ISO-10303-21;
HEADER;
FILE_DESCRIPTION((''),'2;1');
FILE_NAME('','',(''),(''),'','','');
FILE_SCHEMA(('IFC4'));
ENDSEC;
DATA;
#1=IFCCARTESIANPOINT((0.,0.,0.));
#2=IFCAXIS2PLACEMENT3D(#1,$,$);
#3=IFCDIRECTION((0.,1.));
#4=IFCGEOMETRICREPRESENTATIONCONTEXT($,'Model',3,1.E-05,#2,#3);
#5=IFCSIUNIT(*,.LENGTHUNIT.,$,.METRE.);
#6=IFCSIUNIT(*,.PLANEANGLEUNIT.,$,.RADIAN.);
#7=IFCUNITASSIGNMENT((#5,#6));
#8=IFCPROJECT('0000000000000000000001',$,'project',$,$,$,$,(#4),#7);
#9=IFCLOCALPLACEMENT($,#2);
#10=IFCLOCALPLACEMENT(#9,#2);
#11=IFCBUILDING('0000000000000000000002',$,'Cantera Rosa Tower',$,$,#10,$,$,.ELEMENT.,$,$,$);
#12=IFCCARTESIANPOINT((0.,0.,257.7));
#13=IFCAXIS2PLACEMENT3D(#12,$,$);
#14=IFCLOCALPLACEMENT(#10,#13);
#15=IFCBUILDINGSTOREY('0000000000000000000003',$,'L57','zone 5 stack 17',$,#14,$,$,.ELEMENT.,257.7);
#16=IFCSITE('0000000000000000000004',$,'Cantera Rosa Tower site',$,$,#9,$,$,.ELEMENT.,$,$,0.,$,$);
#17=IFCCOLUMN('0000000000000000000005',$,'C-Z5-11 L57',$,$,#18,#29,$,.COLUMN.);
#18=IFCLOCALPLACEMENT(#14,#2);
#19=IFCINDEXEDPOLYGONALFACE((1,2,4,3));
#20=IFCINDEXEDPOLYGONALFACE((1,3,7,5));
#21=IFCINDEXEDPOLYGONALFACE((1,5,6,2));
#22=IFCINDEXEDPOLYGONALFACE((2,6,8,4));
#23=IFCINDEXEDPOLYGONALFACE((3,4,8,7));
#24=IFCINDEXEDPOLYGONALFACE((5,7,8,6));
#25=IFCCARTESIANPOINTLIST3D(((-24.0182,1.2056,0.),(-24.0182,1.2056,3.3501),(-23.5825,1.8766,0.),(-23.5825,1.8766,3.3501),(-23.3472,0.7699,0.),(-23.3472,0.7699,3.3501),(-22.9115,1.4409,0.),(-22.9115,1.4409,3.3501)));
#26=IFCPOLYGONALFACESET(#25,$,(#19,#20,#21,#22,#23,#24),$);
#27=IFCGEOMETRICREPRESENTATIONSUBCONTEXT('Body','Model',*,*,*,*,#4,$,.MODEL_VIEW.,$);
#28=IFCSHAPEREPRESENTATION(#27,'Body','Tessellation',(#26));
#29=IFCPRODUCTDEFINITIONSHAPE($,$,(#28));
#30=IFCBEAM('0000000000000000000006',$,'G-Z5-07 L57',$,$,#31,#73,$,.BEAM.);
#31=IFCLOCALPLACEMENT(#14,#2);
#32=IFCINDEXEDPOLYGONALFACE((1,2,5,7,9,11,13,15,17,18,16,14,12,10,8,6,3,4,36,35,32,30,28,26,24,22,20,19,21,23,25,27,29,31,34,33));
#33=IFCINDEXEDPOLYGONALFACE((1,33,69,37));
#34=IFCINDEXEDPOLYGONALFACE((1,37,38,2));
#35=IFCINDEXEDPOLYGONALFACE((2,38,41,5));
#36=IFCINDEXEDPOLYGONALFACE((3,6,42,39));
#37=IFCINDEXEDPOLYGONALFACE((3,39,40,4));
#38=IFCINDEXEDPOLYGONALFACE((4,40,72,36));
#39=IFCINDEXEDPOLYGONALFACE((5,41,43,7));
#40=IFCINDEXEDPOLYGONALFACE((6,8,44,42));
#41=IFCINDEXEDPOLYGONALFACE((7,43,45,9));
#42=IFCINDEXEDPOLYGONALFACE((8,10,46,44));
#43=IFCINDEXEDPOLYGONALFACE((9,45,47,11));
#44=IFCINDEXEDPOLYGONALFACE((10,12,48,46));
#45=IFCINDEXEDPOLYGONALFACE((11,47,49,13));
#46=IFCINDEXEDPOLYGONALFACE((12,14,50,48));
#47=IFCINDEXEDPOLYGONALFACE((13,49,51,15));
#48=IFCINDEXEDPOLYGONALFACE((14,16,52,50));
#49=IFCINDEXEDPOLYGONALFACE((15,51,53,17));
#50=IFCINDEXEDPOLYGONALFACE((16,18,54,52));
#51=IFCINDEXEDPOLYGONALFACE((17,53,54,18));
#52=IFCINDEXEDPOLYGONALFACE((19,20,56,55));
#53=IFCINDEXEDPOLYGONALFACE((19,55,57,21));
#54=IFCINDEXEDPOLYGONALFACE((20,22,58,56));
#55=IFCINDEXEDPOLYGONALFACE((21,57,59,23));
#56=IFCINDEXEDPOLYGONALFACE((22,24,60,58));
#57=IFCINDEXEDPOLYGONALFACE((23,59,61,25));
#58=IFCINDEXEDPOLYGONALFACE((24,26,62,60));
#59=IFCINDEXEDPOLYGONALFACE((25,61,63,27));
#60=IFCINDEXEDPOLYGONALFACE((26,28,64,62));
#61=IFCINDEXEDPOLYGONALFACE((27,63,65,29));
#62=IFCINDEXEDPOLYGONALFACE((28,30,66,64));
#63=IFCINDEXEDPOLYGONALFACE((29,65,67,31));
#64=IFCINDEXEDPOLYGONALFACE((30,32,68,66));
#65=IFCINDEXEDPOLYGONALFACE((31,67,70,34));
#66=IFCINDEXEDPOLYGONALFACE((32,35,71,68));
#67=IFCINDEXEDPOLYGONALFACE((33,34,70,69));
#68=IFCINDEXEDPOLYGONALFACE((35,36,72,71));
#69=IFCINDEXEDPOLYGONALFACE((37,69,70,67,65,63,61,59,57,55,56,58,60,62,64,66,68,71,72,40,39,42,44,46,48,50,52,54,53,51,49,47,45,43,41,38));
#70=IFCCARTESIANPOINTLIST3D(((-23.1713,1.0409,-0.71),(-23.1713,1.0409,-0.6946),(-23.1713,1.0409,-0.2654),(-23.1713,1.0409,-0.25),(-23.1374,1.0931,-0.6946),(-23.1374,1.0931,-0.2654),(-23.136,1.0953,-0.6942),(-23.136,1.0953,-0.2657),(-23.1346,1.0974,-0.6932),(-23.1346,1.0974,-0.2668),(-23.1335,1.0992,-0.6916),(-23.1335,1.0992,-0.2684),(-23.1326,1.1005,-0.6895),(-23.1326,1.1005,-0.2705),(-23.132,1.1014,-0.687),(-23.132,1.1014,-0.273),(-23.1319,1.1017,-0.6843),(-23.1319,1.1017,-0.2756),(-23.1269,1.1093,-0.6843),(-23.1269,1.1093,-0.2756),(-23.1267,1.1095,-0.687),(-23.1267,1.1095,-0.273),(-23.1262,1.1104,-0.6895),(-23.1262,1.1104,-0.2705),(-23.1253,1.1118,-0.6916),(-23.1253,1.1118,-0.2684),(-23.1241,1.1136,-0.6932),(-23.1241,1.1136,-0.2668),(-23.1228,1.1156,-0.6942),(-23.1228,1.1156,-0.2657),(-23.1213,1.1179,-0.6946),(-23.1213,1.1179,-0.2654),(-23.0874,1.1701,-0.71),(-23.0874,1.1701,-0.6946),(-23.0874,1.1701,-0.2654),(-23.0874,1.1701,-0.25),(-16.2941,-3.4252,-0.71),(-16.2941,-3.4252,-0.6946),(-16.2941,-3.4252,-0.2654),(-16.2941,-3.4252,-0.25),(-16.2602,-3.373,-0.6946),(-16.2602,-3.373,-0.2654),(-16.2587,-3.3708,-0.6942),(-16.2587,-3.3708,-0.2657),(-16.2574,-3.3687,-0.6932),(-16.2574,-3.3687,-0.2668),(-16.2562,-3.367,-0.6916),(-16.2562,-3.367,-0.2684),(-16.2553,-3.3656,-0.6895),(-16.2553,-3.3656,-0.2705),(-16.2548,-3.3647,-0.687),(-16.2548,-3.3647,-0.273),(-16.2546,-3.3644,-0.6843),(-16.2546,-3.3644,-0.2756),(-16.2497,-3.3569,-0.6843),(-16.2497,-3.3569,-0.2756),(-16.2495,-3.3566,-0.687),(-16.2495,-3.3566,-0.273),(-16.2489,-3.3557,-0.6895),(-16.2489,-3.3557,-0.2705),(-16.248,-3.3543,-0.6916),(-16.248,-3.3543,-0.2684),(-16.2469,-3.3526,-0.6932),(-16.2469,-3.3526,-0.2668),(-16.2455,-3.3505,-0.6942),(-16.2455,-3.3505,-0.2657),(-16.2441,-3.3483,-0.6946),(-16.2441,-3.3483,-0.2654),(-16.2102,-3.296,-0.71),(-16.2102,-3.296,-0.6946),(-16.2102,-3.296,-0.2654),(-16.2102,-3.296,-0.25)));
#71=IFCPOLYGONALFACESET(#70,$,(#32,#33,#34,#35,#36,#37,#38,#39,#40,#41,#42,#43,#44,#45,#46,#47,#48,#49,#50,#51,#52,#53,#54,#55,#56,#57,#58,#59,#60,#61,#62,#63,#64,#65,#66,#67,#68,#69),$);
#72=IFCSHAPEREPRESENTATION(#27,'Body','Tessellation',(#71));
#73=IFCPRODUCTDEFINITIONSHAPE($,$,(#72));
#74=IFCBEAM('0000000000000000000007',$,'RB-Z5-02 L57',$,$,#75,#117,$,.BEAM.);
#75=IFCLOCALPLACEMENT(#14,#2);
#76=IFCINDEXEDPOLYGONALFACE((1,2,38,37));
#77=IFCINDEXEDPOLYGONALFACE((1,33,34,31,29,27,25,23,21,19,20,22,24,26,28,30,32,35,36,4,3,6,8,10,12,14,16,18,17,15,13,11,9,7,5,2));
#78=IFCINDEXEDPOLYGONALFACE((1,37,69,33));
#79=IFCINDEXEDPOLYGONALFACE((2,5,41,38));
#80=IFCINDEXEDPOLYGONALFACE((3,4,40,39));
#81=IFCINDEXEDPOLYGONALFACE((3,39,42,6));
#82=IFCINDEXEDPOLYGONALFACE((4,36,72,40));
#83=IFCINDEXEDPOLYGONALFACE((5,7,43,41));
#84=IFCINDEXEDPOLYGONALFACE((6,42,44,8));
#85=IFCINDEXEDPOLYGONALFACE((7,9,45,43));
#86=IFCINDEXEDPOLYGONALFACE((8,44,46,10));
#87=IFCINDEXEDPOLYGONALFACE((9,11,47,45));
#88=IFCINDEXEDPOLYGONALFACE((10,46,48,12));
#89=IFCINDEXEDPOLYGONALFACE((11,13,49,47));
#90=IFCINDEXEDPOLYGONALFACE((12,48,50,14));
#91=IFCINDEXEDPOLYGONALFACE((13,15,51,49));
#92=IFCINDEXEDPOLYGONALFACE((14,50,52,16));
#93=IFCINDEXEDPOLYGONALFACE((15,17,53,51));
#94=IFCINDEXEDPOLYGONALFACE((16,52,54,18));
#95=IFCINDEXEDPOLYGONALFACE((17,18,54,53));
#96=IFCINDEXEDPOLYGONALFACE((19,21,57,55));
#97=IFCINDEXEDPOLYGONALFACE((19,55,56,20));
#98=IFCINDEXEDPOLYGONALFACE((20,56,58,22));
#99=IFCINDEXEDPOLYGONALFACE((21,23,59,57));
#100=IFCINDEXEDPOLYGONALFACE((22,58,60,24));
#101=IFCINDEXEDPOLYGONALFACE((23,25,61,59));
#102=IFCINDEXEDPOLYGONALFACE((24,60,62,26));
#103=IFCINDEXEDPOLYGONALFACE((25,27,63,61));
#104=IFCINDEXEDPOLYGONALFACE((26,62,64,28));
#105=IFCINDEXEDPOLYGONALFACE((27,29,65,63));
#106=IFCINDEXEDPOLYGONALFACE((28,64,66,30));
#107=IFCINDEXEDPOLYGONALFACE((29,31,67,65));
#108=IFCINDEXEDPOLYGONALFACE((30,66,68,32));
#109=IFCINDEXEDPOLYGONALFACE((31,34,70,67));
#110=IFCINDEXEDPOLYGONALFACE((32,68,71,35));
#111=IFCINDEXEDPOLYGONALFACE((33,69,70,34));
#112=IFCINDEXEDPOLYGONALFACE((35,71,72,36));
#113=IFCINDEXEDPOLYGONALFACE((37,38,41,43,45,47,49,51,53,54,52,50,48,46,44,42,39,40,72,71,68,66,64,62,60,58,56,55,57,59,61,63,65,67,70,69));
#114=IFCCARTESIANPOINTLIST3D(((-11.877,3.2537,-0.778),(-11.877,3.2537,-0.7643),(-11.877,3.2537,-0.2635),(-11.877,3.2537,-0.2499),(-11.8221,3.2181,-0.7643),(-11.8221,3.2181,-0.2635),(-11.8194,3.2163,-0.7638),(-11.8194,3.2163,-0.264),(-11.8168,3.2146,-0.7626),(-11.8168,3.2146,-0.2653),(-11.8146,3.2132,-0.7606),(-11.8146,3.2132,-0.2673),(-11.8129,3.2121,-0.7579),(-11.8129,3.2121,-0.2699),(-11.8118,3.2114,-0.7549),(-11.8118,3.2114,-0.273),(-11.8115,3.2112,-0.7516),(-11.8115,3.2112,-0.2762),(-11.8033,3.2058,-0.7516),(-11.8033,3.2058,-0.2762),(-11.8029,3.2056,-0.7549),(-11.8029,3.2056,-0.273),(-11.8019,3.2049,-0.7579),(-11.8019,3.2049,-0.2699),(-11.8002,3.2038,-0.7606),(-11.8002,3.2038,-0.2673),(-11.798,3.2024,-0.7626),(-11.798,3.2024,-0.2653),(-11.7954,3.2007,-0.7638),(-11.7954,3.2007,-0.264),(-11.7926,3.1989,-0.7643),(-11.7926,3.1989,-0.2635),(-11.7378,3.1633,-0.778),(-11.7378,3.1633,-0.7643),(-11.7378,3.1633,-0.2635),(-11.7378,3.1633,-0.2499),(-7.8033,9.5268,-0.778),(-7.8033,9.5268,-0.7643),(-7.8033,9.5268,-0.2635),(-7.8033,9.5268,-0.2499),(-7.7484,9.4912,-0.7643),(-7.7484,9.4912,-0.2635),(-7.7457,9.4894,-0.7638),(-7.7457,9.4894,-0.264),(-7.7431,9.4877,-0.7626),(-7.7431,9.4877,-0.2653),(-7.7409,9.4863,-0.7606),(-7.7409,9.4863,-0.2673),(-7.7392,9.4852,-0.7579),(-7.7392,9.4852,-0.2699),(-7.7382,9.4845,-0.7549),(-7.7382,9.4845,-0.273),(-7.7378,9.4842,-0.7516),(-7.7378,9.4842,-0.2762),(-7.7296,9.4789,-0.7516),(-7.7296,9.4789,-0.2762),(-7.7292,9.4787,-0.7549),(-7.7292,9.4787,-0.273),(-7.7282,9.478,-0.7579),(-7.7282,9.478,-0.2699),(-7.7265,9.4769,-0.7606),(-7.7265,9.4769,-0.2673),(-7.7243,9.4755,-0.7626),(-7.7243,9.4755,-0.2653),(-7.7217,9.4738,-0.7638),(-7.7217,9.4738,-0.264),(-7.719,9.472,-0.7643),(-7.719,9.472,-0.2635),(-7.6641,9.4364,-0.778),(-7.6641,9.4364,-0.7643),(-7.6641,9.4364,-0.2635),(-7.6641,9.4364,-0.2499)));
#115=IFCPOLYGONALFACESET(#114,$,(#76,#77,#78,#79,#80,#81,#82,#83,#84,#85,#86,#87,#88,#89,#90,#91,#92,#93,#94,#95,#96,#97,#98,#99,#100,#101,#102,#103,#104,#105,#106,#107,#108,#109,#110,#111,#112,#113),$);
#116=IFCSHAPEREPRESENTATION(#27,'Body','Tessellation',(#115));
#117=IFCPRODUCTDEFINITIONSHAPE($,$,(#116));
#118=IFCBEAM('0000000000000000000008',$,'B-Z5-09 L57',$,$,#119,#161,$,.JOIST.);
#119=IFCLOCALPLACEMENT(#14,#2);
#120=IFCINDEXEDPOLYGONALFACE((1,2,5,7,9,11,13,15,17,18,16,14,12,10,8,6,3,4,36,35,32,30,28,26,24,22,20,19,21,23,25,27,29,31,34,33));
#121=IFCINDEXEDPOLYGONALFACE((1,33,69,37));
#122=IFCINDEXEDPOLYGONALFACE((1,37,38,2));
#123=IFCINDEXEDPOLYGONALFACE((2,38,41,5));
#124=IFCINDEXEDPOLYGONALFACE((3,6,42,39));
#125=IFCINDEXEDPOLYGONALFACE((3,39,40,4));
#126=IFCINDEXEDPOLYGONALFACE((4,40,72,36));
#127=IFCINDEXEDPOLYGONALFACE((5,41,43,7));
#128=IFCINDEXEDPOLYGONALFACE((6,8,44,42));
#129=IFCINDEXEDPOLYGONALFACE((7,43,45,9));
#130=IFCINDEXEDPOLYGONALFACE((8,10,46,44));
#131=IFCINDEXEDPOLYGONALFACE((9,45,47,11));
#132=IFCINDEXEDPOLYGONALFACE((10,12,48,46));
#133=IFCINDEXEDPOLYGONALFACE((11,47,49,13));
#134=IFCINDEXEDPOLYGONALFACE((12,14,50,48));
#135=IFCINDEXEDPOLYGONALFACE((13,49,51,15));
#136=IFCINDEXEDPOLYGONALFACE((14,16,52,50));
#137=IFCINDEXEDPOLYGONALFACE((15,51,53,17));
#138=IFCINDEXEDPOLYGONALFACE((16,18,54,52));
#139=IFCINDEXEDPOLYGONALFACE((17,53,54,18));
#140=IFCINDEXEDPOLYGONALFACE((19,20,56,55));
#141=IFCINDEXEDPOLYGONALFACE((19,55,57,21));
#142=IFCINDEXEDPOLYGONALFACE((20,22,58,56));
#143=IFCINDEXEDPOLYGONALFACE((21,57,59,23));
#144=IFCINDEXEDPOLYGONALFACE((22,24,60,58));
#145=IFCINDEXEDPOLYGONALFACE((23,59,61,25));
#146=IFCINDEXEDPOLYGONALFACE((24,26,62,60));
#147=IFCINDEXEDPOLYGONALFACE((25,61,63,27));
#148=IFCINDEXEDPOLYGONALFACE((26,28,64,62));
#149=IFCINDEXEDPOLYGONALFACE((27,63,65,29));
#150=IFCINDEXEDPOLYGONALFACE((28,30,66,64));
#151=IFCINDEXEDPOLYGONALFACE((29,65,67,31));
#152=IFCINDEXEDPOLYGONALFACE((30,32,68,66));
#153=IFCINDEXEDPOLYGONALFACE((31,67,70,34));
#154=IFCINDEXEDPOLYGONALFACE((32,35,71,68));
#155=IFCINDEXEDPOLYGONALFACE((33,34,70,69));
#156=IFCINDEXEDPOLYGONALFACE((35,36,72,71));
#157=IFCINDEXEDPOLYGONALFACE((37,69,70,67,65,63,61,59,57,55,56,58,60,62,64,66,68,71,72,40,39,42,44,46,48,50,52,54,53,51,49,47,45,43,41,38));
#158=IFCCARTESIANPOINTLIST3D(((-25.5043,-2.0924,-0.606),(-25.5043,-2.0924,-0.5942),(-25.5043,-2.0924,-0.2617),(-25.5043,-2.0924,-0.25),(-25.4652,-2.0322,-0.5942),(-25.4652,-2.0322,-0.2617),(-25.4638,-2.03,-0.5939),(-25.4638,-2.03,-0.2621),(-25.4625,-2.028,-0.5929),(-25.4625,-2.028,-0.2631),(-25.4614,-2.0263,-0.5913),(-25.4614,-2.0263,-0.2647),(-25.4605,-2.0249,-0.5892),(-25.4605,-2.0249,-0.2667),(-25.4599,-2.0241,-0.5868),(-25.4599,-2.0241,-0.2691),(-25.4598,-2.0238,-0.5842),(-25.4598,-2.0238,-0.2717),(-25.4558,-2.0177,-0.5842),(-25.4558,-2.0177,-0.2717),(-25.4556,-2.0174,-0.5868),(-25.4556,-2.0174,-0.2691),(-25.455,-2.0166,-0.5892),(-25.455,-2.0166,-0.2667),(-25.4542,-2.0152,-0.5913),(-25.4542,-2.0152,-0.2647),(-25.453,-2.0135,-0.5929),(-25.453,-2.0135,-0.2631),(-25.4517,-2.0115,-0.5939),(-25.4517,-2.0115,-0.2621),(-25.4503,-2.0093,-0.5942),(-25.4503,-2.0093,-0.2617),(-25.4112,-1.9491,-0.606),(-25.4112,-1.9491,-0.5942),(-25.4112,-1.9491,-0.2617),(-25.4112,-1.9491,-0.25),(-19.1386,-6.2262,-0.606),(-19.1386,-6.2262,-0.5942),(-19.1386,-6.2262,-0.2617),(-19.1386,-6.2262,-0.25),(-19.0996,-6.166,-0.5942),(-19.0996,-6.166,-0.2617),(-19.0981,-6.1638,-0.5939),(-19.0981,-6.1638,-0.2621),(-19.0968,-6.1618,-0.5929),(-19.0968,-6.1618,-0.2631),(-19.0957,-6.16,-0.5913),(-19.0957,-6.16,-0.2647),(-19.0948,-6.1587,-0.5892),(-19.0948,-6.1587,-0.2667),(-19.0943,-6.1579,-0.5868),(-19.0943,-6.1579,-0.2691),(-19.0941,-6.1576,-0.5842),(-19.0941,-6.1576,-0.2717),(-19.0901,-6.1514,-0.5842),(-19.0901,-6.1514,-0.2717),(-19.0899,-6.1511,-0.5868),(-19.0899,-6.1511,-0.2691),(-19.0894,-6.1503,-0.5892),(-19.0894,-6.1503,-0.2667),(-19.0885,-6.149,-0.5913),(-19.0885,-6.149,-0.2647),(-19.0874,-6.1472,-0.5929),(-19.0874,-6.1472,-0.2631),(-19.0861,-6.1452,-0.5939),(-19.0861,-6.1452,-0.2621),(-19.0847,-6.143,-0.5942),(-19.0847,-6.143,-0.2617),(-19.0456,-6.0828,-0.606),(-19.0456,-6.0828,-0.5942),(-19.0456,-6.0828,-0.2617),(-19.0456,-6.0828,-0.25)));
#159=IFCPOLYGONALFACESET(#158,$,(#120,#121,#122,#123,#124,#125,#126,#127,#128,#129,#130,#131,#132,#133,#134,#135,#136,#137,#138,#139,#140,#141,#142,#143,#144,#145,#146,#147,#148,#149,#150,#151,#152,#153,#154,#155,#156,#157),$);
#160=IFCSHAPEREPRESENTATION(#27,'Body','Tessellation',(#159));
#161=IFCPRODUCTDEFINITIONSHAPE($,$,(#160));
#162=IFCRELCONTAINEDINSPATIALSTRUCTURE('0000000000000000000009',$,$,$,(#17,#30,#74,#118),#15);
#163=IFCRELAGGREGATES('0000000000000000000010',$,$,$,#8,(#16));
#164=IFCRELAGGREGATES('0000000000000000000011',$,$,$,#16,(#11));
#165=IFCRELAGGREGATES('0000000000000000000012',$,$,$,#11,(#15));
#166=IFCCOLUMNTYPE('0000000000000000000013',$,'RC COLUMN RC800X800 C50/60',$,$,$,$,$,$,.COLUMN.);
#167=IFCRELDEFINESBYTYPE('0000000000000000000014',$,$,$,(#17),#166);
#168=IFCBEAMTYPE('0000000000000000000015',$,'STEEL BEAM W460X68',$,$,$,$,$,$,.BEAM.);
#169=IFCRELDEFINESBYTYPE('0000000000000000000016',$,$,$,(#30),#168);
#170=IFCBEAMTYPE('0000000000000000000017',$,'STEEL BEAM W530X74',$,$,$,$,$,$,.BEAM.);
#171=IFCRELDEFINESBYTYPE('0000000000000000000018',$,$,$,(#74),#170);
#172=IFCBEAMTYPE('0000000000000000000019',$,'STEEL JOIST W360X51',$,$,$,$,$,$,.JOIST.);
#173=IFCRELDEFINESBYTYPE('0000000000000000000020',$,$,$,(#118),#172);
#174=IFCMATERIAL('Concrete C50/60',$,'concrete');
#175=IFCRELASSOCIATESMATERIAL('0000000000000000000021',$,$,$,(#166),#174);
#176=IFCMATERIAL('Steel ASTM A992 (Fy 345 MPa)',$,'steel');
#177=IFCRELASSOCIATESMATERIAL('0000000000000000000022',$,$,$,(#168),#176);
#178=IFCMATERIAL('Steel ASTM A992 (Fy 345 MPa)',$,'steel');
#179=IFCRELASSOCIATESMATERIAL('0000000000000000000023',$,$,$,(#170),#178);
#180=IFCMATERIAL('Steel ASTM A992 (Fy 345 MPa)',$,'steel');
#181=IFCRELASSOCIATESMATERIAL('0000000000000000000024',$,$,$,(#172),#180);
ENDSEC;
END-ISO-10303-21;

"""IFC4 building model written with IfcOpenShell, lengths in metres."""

from ifc_helpers import new_model, si_unit, direction, frame, origin, origin_2d, place, context, subcontext, project, spatial, rectangle, i_section, extrude, material, material_profile, profile_set, type_object, element, save


model = new_model("IFC4")

# Units and contexts
model_context = context("Model", 3, precision=1e-05, world=origin(), true_north=direction((0.0, 1.0)))
body_context = subcontext(model_context, "Body", "Model", "MODEL_VIEW")
ifc_project = project(units=[si_unit("LENGTHUNIT", "METRE"), si_unit("PLANEANGLEUNIT", "RADIAN")], contexts=[model_context])

# Site, building, storey
site_placement = place(None, origin())
site = spatial("IfcSite", under=ifc_project, at=site_placement, Name="Cantera Rosa Tower site", CompositionType="ELEMENT", RefElevation=0.0)
building_placement = place(site_placement, origin())
building = spatial("IfcBuilding", under=site, at=building_placement, Name="Cantera Rosa Tower", CompositionType="ELEMENT")
storey_placement = place(building_placement, frame((0.0, 0.0, 257.7)))
storey = spatial("IfcBuildingStorey", under=building, at=storey_placement, Name="L57", Description="zone 5 stack 17", CompositionType="ELEMENT", Elevation=257.7)

# Column
ifc_material_1 = material(Name="Concrete C50/60", Category="concrete")
ifc_material_profile_1 = material_profile(ifc_material_1, rectangle(XDim=0.8, YDim=0.8, at=origin_2d()), Name="RC COLUMN RC800X800 C50/60")
ifc_profile_set_1 = profile_set([ifc_material_profile_1], Name="Concrete C50/60")
column_type = type_object("IfcColumnType", Name="RC COLUMN RC800X800 C50/60", PredefinedType="COLUMN", material=ifc_profile_set_1)
column_placement = place(storey_placement, frame((-23.4648, 1.3232, 0.0), z_axis=(0.0, 0.0, 1.0), x_axis=(0.544639, 0.838671, 0.0)))
element("IfcColumn", 1, at=column_placement, inside=storey, type_object=column_type, Name="C-Z5-11 L57", PredefinedType="COLUMN", context=body_context, shape_type="SweptSolid", body=[
    extrude(rectangle(XDim=0.8, YDim=0.8, at=origin_2d()), origin(), (0.0, 0.0, 1.0), 3.3501),
])

# Beams
ifc_material_2 = material(Name="Steel ASTM A992 (Fy 345 MPa)", Category="steel")
ifc_material_profile_2 = material_profile(ifc_material_2, i_section(OverallWidth=0.1541, OverallDepth=0.46, WebThickness=0.009, FlangeThickness=0.0154, FilletRadius=0.0103, at=origin_2d()), Name="W460X68")
ifc_profile_set_2 = profile_set([ifc_material_profile_2], Name="Steel ASTM A992 (Fy 345 MPa)")
beam_type_1 = type_object("IfcBeamType", Name="STEEL BEAM W460X68", PredefinedType="BEAM", material=ifc_profile_set_2)
beam_1_placement = place(storey_placement, frame((-23.1294, 1.1055, -0.48), z_axis=(0.838673, -0.544636, 0.0), x_axis=(0.544636, 0.838673, 0.0)))
element("IfcBeam", 2, at=beam_1_placement, inside=storey, type_object=beam_type_1, Name="G-Z5-07 L57", PredefinedType="BEAM", context=body_context, shape_type="SweptSolid", body=[
    extrude(i_section(OverallWidth=0.1541, OverallDepth=0.46, WebThickness=0.009, FlangeThickness=0.0154, FilletRadius=0.0103, at=origin_2d()), origin(), (0.0, 0.0, 1.0), 8.2002),
])
ifc_material_3 = material(Name="Steel ASTM A992 (Fy 345 MPa)", Category="steel")
ifc_material_profile_3 = material_profile(ifc_material_3, i_section(OverallWidth=0.166, OverallDepth=0.5281, WebThickness=0.0098, FlangeThickness=0.0137, FilletRadius=0.0127, at=origin_2d()), Name="W530X74")
ifc_profile_set_3 = profile_set([ifc_material_profile_3], Name="Steel ASTM A992 (Fy 345 MPa)")
beam_type_2 = type_object("IfcBeamType", Name="STEEL BEAM W530X74", PredefinedType="BEAM", material=ifc_profile_set_3)
beam_2_placement = place(storey_placement, frame((-11.8074, 3.2085, -0.5139), z_axis=(0.544627, 0.838678, 0.0), x_axis=(-0.838678, 0.544627, 0.0)))
element("IfcBeam", 3, at=beam_2_placement, inside=storey, type_object=beam_type_2, Name="RB-Z5-02 L57", PredefinedType="BEAM", context=body_context, shape_type="SweptSolid", body=[
    extrude(i_section(OverallWidth=0.166, OverallDepth=0.5281, WebThickness=0.0098, FlangeThickness=0.0137, FilletRadius=0.0127, at=origin_2d()), origin(), (0.0, 0.0, 1.0), 7.4797),
])
ifc_material_4 = material(Name="Steel ASTM A992 (Fy 345 MPa)", Category="steel")
ifc_material_profile_4 = material_profile(ifc_material_4, i_section(OverallWidth=0.1709, OverallDepth=0.356, WebThickness=0.0073, FlangeThickness=0.0117, FilletRadius=0.01, at=origin_2d()), Name="W360X51")
ifc_profile_set_4 = profile_set([ifc_material_profile_4], Name="Steel ASTM A992 (Fy 345 MPa)")
beam_type_3 = type_object("IfcBeamType", Name="STEEL JOIST W360X51", PredefinedType="JOIST", material=ifc_profile_set_4)
beam_3_placement = place(storey_placement, frame((-25.4578, -2.0208, -0.428), z_axis=(0.83868, -0.544624, 0.0), x_axis=(0.544624, 0.83868, 0.0)))
element("IfcBeam", 4, at=beam_3_placement, inside=storey, type_object=beam_type_3, Name="B-Z5-09 L57", PredefinedType="JOIST", context=body_context, shape_type="SweptSolid", body=[
    extrude(i_section(OverallWidth=0.1709, OverallDepth=0.356, WebThickness=0.0073, FlangeThickness=0.0117, FilletRadius=0.01, at=origin_2d()), origin(), (0.0, 0.0, 1.0), 7.5901),
])

save(model, "model.ifc")
